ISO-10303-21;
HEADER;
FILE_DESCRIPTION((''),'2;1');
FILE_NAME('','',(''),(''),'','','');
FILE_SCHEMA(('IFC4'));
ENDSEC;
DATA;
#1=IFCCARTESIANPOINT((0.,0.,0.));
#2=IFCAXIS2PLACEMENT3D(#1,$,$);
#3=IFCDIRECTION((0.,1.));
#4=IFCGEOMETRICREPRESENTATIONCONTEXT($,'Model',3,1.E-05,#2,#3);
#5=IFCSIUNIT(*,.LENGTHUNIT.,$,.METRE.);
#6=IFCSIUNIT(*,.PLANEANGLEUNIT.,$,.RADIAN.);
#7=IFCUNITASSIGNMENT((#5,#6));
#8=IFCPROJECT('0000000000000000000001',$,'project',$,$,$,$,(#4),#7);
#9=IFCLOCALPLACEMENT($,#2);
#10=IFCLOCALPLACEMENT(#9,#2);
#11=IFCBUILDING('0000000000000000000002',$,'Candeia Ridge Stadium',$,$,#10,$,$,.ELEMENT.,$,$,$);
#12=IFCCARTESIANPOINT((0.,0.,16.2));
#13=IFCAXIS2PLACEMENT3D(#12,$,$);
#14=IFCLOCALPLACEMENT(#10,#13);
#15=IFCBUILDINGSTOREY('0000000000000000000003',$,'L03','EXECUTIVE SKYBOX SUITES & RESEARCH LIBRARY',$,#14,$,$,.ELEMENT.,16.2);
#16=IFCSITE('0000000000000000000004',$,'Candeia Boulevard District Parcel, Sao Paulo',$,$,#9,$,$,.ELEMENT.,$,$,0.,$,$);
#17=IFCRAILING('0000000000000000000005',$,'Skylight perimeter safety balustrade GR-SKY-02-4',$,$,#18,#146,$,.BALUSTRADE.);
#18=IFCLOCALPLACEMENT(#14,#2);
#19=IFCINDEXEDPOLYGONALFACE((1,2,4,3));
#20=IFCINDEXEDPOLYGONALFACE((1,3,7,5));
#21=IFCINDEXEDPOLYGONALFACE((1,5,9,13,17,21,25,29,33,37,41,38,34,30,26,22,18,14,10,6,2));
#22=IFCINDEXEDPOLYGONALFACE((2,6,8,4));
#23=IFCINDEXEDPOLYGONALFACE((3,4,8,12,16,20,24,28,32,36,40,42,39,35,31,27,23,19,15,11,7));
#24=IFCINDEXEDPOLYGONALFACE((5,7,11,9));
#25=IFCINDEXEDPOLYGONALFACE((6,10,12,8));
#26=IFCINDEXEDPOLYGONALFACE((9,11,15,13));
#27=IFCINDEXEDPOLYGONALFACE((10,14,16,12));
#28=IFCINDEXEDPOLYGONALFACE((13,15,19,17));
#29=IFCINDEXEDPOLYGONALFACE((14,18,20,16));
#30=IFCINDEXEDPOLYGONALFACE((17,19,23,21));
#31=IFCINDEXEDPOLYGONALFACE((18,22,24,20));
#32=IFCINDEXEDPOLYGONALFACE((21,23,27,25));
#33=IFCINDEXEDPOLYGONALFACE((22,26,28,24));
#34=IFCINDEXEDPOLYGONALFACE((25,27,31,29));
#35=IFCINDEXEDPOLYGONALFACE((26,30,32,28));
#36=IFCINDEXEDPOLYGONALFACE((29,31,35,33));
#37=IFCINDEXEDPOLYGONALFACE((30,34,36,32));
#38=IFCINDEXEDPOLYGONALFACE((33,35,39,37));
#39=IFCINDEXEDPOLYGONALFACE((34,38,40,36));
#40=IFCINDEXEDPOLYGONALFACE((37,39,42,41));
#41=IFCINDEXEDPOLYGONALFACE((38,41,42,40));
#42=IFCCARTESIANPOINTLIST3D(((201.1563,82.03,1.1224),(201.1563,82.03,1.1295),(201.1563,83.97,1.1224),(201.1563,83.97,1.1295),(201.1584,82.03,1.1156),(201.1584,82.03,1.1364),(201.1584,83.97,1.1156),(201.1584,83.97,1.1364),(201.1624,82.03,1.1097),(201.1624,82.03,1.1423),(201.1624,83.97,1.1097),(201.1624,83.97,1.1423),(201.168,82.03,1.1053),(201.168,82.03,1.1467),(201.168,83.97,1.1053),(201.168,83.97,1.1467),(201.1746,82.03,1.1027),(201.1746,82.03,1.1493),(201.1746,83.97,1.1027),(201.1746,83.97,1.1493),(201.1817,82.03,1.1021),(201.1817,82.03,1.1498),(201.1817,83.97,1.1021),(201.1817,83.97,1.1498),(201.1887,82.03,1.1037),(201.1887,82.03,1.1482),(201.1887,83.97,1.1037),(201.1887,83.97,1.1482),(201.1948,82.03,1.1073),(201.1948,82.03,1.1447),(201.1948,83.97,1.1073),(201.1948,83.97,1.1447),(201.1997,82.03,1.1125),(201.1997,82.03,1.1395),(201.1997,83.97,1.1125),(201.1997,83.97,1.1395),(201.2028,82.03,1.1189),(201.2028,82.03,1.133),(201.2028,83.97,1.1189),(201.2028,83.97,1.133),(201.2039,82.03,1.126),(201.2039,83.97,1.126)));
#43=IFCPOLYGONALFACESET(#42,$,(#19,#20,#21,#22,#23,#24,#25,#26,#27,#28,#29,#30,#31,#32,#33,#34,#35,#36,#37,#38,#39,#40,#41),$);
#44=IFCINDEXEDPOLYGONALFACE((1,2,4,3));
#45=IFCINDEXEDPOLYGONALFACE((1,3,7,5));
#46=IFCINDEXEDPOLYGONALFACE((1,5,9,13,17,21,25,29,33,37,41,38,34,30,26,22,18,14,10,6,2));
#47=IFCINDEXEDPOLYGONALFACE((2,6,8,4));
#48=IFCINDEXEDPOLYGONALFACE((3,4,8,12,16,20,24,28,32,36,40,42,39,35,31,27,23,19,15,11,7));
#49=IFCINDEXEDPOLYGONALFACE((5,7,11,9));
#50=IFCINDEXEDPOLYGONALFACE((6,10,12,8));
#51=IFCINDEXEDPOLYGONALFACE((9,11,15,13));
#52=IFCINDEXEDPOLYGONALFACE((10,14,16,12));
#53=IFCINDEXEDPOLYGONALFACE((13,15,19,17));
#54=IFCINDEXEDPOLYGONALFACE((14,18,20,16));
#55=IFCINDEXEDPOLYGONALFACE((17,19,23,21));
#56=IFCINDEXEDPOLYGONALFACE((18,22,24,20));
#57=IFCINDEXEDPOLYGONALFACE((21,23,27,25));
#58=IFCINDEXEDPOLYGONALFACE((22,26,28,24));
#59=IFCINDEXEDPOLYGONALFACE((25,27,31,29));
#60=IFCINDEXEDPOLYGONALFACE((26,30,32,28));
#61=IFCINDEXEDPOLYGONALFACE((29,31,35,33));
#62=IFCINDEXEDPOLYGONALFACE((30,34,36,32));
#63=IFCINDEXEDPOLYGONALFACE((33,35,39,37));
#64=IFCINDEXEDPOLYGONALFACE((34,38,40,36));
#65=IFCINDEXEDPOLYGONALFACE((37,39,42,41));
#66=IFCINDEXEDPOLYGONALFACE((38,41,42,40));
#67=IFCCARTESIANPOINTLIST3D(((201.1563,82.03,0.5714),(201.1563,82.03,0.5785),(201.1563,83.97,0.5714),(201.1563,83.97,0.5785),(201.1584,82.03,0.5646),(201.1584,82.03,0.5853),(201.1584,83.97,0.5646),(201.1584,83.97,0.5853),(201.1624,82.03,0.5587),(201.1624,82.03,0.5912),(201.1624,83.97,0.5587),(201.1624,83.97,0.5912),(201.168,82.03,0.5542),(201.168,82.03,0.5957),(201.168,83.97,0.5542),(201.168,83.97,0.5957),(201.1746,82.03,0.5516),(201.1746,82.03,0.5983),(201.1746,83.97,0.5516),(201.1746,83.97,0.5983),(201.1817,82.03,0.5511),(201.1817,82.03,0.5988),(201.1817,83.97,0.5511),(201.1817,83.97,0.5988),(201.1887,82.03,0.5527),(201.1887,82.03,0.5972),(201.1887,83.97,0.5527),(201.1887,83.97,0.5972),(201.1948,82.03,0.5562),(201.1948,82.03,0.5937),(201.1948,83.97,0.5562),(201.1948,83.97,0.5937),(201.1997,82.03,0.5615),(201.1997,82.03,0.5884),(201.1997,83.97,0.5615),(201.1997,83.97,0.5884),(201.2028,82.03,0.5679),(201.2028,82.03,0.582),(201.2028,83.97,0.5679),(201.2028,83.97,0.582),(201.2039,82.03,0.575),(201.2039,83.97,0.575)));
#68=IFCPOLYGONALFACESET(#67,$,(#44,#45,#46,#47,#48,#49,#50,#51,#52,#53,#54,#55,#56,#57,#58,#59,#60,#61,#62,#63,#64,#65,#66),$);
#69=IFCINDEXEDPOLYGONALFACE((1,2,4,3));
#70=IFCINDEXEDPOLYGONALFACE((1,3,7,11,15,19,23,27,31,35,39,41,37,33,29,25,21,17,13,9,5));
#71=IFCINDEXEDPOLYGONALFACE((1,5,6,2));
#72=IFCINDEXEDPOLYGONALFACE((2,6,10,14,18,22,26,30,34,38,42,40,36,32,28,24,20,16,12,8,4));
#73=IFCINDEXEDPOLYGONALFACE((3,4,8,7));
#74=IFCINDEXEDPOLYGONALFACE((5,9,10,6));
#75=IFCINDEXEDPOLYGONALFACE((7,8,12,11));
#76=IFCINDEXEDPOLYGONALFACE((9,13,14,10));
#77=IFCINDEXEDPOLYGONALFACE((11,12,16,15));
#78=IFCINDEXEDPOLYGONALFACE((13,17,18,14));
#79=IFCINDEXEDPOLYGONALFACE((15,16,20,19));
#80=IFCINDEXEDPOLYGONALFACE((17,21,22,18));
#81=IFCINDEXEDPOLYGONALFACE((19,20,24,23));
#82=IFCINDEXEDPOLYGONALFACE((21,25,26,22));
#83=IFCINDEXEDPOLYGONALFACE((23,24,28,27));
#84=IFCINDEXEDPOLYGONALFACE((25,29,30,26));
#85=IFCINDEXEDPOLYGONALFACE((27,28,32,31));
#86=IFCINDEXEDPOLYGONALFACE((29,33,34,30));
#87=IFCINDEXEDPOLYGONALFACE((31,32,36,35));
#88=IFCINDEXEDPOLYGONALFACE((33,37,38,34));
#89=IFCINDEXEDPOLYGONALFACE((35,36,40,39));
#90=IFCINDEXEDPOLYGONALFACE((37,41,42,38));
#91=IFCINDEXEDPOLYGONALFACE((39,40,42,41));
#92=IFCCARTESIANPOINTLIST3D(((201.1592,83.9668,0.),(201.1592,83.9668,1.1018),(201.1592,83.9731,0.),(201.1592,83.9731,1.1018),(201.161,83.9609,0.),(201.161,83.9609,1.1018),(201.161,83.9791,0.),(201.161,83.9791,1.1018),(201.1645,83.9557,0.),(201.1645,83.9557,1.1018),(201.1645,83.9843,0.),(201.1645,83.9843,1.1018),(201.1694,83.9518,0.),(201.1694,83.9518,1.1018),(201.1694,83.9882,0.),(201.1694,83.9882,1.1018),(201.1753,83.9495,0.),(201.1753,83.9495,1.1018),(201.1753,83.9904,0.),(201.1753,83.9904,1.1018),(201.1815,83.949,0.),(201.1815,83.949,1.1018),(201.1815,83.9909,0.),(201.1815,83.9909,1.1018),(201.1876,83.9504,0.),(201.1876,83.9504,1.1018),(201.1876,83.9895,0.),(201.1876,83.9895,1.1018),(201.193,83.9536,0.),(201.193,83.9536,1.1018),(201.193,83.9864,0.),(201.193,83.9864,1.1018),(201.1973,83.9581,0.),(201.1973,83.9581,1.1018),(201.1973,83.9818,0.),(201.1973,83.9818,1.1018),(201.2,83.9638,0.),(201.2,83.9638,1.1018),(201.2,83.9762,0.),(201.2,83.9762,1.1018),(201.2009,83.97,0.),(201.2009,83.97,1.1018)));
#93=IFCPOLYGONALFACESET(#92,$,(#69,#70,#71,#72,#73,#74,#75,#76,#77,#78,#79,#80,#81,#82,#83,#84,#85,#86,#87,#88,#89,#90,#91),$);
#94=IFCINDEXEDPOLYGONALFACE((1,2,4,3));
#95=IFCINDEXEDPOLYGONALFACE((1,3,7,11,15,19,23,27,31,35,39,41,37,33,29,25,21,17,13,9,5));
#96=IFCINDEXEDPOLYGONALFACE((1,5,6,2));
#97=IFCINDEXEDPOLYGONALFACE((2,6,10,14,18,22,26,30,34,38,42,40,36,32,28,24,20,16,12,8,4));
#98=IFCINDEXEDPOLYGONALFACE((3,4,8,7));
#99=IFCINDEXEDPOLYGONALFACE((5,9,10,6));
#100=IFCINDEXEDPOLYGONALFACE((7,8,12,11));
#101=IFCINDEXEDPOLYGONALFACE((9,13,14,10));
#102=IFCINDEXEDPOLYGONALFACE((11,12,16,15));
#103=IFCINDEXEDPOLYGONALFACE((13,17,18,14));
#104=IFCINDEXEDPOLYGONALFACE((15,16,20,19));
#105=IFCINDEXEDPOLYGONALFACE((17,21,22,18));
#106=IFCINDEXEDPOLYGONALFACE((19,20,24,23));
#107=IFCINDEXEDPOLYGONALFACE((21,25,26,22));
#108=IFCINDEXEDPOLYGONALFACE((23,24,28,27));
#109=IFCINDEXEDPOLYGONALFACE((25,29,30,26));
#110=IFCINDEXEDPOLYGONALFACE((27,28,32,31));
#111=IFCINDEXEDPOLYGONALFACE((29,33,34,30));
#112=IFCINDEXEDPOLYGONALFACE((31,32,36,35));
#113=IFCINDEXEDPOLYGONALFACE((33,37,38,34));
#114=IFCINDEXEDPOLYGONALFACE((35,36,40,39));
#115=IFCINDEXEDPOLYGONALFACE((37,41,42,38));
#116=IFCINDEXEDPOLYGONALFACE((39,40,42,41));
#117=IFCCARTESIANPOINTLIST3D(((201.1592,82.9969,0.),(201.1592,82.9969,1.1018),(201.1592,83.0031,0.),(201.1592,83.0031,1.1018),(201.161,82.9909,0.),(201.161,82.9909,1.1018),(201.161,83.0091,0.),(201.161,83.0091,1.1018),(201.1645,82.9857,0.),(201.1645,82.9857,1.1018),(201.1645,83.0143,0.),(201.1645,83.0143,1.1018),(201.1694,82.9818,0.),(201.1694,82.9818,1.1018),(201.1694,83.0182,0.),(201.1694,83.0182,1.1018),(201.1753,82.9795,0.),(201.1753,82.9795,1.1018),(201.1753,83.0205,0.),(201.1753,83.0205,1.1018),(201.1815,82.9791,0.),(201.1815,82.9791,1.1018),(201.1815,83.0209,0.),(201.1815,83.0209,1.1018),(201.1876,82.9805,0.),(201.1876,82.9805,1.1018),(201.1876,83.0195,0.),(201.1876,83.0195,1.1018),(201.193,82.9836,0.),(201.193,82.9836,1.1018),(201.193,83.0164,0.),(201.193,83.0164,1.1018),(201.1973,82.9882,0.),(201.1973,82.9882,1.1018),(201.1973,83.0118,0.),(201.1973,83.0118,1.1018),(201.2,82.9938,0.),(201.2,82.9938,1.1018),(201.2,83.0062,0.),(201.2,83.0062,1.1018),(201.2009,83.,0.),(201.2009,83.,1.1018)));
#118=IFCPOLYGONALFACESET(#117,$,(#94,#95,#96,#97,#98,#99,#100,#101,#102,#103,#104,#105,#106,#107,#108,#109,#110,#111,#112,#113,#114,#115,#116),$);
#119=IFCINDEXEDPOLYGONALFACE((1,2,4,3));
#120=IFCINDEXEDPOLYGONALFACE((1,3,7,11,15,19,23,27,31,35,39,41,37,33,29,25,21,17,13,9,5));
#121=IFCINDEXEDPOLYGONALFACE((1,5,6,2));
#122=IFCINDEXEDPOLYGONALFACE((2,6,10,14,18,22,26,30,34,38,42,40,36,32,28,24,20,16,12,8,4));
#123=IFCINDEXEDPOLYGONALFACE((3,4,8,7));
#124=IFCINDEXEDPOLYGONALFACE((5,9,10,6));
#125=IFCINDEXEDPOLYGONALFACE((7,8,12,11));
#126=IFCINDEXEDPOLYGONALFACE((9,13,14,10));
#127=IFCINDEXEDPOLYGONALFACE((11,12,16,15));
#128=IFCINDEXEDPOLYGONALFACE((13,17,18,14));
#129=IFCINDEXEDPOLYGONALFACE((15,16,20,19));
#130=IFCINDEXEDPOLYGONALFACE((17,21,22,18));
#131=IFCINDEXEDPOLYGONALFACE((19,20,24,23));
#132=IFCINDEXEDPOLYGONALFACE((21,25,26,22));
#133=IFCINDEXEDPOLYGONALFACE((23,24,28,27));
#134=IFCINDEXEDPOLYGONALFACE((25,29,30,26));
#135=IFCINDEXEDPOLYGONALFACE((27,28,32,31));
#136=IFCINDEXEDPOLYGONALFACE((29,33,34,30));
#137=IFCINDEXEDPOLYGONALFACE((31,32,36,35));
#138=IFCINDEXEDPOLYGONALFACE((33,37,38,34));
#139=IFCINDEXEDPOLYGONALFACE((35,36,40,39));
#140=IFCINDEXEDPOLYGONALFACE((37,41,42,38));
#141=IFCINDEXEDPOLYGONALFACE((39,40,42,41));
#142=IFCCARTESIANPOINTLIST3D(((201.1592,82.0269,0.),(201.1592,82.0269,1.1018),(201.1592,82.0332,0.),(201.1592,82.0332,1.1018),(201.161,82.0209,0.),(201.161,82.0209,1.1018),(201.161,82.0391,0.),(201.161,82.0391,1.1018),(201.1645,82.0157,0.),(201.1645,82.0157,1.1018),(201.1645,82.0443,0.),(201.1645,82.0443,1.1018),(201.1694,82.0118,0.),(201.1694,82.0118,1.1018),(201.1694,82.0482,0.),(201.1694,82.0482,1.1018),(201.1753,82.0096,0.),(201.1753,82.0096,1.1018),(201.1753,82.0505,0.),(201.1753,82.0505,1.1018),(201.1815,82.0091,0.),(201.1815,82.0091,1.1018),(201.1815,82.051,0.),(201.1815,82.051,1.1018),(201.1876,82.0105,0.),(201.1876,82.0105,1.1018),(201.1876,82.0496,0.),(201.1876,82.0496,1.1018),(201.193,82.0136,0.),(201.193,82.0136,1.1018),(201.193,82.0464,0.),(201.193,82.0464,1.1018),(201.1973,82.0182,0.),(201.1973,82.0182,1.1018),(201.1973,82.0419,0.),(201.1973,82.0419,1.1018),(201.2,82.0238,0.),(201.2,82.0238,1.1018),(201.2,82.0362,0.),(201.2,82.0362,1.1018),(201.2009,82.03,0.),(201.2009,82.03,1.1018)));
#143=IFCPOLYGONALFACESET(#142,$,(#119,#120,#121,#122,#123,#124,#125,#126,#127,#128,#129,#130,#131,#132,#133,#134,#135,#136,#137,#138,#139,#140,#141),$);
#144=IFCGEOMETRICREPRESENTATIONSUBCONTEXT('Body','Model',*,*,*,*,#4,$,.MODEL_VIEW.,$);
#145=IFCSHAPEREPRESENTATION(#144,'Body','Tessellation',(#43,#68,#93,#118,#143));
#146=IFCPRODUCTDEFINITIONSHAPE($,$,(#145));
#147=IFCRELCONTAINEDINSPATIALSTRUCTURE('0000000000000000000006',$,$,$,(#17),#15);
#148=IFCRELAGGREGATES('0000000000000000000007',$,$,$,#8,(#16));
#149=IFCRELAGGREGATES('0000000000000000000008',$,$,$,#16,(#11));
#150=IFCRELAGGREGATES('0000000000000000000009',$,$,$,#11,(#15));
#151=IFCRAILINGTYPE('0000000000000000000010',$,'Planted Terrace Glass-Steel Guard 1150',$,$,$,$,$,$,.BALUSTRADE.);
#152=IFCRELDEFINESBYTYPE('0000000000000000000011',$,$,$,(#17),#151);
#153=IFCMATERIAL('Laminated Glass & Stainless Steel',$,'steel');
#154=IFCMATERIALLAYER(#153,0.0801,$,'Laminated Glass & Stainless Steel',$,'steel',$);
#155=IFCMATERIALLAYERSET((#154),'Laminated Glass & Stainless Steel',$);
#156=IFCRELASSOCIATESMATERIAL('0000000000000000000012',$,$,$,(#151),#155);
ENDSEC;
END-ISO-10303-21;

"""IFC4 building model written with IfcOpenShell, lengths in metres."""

from ifc_helpers import new_model, si_unit, direction, frame, origin, origin_2d, place, context, subcontext, project, spatial, circle, extrude, material, layer, layer_set, type_object, element, save


model = new_model("IFC4")

# Units and contexts
model_context = context("Model", 3, precision=1e-05, world=origin(), true_north=direction((0.0, 1.0)))
body_context = subcontext(model_context, "Body", "Model", "MODEL_VIEW")
ifc_project = project(units=[si_unit("LENGTHUNIT", "METRE"), si_unit("PLANEANGLEUNIT", "RADIAN")], contexts=[model_context])

# Site, building, storey
site_placement = place(None, origin())
site = spatial("IfcSite", under=ifc_project, at=site_placement, Name="Candeia Boulevard District Parcel, Sao Paulo", CompositionType="ELEMENT", RefElevation=0.0)
building_placement = place(site_placement, origin())
building = spatial("IfcBuilding", under=site, at=building_placement, Name="Candeia Ridge Stadium", CompositionType="ELEMENT")
storey_placement = place(building_placement, frame((0.0, 0.0, 16.2)))
storey = spatial("IfcBuildingStorey", under=building, at=storey_placement, Name="L03", Description="EXECUTIVE SKYBOX SUITES & RESEARCH LIBRARY", CompositionType="ELEMENT", Elevation=16.2)

# Railing
ifc_material_1 = material(Name="Laminated Glass & Stainless Steel", Category="steel")
ifc_layer_1 = layer(ifc_material_1, 0.0801, Name="Laminated Glass & Stainless Steel", Category="steel")
ifc_layer_set_1 = layer_set([ifc_layer_1], Name="Laminated Glass & Stainless Steel")
railing_type = type_object("IfcRailingType", Name="Planted Terrace Glass-Steel Guard 1150", PredefinedType="BALUSTRADE", material=ifc_layer_set_1)
railing_1_placement = place(storey_placement, frame((201.1799, 83.97, 0.0)))
element("IfcRailing", 1, at=railing_1_placement, inside=storey, type_object=railing_type, Name="Skylight perimeter safety balustrade GR-SKY-02-4", PredefinedType="BALUSTRADE", context=body_context, shape_type="SweptSolid", body=[
    extrude(circle(Radius=0.0239, at=origin_2d()), frame((0.0, 0.0, 1.126), z_axis=(0.0, -1.0, 0.0), x_axis=(1.0, 0.0, 0.0)), (0.0, 0.0, 1.0), 1.9399),
    extrude(circle(Radius=0.0239, at=origin_2d()), frame((0.0, 0.0, 0.575), z_axis=(0.0, -1.0, 0.0), x_axis=(1.0, 0.0, 0.0)), (0.0, 0.0, 1.0), 1.9399),
    extrude(circle(Radius=0.021, at=origin_2d()), origin(), (0.0, 0.0, 1.0), 1.1018),
    extrude(circle(Radius=0.021, at=origin_2d()), frame((0.0, -0.97, 0.0)), (0.0, 0.0, 1.0), 1.1018),
    extrude(circle(Radius=0.021, at=origin_2d()), frame((0.0, -1.9399, 0.0)), (0.0, 0.0, 1.0), 1.1018),
])

save(model, "model.ifc")
